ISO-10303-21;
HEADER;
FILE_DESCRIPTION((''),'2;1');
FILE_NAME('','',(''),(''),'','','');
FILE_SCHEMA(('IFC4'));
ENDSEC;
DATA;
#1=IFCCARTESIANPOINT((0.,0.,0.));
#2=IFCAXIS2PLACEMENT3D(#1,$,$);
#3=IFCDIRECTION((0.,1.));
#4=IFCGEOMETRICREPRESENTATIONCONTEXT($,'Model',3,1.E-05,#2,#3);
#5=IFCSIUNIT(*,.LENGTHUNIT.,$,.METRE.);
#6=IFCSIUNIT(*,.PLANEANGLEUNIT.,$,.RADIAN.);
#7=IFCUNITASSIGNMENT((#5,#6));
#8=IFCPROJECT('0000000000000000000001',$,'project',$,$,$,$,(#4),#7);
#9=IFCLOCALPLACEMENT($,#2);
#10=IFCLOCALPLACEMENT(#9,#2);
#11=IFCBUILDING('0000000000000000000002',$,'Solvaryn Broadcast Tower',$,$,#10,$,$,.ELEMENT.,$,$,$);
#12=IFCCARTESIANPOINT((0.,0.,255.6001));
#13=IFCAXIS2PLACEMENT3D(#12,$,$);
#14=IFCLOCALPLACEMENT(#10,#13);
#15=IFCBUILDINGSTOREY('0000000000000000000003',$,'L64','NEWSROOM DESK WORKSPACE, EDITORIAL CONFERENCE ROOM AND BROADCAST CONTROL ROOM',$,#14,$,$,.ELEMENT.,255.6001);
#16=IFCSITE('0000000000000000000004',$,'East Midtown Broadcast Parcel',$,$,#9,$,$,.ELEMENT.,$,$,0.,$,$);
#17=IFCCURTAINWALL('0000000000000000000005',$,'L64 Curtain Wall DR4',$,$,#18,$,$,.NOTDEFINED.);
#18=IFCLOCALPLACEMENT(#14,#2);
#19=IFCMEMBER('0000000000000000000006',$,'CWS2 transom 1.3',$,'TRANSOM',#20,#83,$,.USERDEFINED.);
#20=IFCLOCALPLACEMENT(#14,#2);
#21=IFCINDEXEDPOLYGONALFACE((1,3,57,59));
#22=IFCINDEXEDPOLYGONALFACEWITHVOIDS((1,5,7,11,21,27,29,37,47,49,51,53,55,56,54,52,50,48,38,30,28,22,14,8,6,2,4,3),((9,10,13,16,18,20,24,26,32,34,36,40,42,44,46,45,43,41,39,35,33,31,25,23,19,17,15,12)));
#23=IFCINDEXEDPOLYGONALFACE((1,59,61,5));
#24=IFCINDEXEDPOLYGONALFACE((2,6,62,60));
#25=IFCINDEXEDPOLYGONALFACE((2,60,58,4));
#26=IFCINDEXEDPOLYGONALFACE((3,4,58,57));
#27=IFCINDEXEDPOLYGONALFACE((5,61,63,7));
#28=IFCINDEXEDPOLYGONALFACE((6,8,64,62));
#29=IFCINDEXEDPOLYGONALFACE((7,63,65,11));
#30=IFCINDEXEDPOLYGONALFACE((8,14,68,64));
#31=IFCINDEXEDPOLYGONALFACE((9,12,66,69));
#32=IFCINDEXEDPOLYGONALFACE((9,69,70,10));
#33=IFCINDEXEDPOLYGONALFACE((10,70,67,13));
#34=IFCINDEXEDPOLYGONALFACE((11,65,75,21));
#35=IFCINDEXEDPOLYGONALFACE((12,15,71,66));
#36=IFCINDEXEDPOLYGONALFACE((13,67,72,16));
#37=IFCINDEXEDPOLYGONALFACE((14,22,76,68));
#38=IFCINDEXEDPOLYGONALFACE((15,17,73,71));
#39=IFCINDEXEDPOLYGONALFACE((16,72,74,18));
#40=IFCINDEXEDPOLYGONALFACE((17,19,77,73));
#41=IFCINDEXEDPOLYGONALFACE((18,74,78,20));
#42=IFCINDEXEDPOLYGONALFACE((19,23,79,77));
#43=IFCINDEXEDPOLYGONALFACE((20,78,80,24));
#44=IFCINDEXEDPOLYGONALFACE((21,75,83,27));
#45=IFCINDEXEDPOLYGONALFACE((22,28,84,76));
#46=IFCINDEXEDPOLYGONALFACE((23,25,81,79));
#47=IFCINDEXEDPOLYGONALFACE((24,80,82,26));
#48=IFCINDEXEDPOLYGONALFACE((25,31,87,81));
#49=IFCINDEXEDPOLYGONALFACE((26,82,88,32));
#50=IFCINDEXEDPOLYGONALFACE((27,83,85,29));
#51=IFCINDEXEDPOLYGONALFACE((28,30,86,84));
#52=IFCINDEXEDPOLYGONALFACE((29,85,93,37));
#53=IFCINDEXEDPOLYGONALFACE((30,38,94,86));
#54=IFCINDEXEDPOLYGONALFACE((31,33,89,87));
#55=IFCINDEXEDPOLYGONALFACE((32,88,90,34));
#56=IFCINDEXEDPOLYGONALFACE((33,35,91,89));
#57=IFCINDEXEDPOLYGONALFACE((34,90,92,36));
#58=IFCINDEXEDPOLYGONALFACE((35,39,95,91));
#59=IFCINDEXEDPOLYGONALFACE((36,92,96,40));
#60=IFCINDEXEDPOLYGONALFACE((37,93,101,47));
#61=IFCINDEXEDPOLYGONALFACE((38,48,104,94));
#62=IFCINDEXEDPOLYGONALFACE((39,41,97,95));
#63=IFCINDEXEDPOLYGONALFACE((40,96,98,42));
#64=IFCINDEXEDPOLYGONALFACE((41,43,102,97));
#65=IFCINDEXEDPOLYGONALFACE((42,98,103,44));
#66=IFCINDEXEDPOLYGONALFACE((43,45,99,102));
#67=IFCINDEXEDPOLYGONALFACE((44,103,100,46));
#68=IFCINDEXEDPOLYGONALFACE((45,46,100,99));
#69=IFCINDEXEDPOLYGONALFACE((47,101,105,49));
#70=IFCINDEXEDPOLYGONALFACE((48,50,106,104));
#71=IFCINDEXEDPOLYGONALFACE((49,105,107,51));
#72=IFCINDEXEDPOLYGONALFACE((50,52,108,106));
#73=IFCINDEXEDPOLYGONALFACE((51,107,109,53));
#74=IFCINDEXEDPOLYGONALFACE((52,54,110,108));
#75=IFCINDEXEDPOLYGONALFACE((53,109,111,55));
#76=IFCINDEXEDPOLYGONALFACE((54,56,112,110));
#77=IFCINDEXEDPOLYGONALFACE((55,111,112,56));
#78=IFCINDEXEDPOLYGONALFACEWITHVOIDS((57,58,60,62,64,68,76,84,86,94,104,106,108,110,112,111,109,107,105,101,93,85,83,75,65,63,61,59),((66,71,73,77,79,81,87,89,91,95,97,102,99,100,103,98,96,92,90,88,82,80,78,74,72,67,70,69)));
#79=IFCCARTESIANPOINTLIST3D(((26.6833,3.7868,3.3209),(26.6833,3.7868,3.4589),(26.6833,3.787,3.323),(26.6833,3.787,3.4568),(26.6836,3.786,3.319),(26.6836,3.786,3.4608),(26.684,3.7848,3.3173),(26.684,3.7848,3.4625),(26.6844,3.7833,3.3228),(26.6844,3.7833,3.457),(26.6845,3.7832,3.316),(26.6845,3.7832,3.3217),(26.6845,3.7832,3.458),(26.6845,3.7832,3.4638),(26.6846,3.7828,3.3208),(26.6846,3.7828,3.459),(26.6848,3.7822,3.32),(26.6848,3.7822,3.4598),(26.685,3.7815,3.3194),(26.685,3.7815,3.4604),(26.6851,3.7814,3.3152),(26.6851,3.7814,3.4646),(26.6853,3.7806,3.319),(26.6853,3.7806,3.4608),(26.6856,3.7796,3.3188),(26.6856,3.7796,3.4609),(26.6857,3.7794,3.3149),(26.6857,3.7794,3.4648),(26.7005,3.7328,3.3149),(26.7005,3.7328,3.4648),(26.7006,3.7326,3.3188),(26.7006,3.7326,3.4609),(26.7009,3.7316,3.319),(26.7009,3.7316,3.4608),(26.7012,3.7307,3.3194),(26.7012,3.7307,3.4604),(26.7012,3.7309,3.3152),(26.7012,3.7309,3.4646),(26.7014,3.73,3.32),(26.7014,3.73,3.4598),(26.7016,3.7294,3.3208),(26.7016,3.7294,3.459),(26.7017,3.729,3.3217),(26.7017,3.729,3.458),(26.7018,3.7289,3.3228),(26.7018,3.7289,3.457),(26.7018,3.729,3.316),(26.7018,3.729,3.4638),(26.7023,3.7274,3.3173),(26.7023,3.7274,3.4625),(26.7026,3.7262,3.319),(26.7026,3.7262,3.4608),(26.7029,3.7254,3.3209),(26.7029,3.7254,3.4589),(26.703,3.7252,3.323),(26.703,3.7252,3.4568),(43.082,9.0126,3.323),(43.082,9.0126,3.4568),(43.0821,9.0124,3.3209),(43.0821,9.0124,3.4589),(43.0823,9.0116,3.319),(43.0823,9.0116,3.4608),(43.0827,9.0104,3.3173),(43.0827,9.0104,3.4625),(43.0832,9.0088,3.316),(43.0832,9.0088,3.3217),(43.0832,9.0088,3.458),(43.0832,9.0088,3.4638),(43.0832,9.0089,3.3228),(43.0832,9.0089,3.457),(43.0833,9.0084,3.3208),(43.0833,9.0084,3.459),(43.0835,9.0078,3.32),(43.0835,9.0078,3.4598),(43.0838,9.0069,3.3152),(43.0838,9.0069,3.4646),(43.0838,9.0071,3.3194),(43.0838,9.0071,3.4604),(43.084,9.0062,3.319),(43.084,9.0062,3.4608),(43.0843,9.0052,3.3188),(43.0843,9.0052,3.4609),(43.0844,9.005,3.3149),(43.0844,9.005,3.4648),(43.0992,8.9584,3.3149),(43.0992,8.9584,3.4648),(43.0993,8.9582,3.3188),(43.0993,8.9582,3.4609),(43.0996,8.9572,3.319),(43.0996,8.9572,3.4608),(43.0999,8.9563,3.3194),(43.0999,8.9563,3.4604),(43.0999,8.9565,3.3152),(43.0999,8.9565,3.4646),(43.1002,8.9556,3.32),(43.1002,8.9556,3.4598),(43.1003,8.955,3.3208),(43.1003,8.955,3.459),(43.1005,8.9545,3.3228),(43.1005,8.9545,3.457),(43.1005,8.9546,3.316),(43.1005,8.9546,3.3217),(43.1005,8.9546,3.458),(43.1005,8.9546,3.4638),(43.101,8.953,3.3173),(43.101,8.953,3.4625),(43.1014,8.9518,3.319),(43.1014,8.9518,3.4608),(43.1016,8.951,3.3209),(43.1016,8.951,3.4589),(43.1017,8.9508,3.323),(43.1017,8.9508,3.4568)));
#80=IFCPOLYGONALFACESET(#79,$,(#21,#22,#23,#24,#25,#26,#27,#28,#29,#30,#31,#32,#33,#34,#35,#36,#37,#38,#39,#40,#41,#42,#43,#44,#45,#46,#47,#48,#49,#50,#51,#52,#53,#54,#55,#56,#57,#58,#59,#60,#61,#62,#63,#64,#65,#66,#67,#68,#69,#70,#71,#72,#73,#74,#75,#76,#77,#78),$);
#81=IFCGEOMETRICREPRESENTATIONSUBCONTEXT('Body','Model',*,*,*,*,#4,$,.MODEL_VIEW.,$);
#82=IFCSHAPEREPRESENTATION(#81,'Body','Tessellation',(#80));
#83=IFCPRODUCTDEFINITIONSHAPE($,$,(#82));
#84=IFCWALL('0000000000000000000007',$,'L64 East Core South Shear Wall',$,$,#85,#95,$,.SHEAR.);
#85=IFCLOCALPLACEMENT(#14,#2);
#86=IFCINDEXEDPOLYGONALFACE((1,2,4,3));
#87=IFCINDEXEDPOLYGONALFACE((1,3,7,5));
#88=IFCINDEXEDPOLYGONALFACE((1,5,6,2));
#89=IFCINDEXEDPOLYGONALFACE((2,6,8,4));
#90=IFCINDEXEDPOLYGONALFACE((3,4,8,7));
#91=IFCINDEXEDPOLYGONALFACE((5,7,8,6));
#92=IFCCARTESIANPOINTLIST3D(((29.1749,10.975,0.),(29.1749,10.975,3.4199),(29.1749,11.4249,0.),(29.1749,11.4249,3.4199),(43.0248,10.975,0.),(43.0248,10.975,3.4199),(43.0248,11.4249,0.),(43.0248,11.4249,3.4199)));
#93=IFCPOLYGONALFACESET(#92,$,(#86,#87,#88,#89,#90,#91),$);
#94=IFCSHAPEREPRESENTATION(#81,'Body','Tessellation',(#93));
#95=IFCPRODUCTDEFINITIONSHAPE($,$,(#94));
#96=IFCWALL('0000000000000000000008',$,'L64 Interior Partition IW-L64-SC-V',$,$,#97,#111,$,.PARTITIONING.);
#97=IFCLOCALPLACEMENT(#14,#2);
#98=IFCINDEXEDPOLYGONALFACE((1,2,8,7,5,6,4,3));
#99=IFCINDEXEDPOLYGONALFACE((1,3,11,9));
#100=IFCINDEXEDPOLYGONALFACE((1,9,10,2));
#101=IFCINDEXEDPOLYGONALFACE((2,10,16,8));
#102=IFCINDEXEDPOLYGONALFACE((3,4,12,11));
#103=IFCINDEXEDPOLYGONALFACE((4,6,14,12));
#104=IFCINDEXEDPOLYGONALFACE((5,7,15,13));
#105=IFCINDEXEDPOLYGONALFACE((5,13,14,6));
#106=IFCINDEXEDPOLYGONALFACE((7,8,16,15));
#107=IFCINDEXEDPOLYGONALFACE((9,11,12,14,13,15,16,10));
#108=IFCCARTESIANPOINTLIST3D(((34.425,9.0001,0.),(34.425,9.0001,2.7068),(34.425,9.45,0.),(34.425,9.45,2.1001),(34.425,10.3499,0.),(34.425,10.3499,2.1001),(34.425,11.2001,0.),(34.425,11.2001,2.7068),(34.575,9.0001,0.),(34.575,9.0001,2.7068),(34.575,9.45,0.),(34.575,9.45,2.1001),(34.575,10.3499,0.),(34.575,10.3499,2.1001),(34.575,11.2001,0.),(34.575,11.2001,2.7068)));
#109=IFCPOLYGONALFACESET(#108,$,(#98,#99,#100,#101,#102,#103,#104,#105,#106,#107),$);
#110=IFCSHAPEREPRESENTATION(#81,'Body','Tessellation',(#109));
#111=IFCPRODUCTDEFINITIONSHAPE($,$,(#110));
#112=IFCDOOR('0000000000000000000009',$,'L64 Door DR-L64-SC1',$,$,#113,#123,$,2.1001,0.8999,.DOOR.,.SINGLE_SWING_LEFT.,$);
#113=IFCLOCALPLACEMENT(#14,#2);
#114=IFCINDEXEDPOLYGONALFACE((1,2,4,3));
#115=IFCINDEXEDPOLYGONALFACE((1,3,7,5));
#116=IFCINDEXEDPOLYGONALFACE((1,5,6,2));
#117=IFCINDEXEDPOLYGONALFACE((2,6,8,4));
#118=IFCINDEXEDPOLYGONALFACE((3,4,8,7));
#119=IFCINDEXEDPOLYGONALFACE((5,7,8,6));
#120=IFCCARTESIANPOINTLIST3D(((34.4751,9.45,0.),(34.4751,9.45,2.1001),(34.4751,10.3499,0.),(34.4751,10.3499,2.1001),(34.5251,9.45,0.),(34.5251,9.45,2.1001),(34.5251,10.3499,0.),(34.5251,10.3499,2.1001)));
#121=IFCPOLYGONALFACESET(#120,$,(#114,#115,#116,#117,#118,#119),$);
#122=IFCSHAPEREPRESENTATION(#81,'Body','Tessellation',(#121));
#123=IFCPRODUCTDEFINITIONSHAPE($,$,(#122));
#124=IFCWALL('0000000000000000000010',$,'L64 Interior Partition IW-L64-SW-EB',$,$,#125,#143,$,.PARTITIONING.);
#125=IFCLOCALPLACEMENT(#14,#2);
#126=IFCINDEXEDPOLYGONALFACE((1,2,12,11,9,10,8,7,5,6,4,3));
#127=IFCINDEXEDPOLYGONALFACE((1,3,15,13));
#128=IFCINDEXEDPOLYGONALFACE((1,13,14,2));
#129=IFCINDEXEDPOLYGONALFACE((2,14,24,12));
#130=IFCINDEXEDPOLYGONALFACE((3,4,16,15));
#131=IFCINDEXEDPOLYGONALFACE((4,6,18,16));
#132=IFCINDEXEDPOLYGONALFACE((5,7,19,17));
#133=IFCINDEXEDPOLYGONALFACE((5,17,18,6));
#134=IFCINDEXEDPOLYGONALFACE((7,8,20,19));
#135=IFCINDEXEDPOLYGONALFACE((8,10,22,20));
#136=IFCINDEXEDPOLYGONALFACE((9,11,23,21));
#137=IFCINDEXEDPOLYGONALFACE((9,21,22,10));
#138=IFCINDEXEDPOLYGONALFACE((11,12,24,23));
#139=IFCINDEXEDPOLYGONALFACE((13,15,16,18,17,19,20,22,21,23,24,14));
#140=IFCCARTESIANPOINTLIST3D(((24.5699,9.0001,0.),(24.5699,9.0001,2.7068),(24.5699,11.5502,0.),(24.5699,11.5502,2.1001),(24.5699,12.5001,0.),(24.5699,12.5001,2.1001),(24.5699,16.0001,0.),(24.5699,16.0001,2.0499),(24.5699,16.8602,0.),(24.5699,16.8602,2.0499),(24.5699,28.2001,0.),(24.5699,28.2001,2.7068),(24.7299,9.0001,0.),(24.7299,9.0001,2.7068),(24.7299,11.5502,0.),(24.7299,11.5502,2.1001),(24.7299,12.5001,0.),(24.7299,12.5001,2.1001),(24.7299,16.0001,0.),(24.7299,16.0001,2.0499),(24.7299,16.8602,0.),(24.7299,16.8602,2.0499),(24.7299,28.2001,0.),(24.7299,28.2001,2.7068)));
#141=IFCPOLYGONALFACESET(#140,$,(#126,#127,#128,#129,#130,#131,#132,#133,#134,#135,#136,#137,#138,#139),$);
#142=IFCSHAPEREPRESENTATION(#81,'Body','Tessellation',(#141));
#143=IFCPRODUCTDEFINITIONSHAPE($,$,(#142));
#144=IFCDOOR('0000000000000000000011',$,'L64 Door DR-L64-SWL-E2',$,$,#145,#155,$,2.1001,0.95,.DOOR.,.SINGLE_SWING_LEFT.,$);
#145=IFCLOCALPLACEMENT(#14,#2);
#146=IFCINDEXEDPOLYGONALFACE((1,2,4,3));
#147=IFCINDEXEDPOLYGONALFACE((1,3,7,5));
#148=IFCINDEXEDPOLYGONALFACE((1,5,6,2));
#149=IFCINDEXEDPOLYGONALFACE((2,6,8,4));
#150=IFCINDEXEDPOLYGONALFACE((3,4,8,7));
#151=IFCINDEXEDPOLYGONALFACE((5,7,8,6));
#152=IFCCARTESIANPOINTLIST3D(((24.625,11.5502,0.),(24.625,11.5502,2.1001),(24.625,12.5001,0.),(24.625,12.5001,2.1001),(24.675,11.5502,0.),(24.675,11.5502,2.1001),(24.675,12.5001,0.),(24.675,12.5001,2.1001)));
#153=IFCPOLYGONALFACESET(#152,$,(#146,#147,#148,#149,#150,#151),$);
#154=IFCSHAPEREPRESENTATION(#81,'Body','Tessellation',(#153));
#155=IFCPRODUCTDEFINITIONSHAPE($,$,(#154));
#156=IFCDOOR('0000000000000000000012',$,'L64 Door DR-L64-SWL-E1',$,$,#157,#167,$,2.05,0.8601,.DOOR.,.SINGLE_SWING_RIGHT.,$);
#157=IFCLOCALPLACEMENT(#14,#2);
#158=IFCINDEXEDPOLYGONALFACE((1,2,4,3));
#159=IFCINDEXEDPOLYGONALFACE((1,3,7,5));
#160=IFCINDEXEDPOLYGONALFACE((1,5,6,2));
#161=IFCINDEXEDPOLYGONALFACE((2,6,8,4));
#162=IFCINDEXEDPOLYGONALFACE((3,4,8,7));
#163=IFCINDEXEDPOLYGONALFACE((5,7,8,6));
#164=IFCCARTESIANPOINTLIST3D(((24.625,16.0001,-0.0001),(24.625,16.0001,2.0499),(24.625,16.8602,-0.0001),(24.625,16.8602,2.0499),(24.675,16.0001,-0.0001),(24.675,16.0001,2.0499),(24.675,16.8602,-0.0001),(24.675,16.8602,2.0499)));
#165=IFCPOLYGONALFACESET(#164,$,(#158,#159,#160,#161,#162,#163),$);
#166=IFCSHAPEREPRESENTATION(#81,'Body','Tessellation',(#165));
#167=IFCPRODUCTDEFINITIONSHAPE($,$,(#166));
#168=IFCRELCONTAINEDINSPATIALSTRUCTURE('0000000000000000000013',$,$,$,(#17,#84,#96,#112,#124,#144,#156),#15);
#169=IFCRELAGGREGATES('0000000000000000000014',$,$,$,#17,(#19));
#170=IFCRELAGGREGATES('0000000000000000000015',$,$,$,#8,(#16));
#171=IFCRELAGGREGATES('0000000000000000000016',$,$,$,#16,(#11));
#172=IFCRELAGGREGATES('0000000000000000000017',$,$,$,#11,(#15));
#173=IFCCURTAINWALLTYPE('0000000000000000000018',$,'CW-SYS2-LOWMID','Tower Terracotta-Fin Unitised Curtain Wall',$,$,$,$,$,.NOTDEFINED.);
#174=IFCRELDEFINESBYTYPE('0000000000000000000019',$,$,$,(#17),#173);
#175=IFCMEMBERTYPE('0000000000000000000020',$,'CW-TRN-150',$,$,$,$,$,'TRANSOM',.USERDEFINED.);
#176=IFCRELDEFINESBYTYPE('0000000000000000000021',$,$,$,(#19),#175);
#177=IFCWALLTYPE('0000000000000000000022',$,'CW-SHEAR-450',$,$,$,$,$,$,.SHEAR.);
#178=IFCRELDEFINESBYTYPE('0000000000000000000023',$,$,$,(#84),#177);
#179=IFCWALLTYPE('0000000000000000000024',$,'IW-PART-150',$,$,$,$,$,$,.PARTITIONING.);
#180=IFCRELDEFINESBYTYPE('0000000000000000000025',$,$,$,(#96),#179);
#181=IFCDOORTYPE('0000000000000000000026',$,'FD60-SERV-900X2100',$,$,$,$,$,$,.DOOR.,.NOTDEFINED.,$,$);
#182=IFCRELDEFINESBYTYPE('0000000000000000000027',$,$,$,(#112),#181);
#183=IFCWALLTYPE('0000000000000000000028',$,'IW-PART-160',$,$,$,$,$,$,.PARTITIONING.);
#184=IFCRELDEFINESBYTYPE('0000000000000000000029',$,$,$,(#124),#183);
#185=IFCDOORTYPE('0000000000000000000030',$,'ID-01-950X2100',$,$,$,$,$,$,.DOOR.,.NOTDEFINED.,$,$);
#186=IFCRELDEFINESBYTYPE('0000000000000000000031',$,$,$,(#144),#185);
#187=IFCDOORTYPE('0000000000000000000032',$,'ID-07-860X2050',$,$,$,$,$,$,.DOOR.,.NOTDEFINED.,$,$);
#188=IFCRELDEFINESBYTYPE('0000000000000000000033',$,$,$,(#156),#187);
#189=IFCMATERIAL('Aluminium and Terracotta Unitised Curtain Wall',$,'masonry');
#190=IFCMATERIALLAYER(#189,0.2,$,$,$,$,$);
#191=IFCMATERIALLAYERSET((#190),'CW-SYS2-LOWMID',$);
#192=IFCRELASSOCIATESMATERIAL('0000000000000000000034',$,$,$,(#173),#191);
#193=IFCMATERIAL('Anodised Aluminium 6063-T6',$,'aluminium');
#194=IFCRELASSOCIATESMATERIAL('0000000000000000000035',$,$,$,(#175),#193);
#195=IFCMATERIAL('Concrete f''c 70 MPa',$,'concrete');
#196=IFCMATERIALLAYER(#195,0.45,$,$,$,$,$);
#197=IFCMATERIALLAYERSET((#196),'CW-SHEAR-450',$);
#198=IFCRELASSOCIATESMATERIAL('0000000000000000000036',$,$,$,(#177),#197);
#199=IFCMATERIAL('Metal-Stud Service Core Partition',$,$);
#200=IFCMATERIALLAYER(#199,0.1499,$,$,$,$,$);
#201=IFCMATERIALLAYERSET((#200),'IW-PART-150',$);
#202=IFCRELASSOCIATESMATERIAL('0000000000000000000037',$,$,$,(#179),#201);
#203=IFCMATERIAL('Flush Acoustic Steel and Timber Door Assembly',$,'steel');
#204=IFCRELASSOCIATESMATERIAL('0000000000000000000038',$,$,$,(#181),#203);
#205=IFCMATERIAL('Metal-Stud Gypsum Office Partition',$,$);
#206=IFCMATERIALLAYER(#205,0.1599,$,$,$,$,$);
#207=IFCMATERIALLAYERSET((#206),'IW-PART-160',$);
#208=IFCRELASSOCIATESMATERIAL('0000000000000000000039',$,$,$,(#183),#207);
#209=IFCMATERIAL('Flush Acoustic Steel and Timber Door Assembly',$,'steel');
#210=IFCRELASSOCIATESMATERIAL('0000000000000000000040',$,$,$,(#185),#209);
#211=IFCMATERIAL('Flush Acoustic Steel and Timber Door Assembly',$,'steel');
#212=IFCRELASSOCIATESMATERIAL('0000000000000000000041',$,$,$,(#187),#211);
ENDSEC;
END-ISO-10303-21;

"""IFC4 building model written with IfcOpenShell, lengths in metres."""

from ifc_helpers import new_model, si_unit, direction, frame, frame_2d, origin, origin_2d, place, context, subcontext, project, spatial, rectangle, hollow_rectangle, extrude, material, layer, layer_set, material_profile, profile_set, type_object, element, fill, aggregate, save


model = new_model("IFC4")

# Units and contexts
model_context = context("Model", 3, precision=1e-05, world=origin(), true_north=direction((0.0, 1.0)))
body_context = subcontext(model_context, "Body", "Model", "MODEL_VIEW")
ifc_project = project(units=[si_unit("LENGTHUNIT", "METRE"), si_unit("PLANEANGLEUNIT", "RADIAN")], contexts=[model_context])

# Site, building, storey
site_placement = place(None, origin())
site = spatial("IfcSite", under=ifc_project, at=site_placement, Name="East Midtown Broadcast Parcel", CompositionType="ELEMENT", RefElevation=0.0)
building_placement = place(site_placement, origin())
building = spatial("IfcBuilding", under=site, at=building_placement, Name="Solvaryn Broadcast Tower", CompositionType="ELEMENT")
storey_placement = place(building_placement, frame((0.0, 0.0, 255.6001)))
storey = spatial("IfcBuildingStorey", under=building, at=storey_placement, Name="L64", Description="NEWSROOM DESK WORKSPACE, EDITORIAL CONFERENCE ROOM AND BROADCAST CONTROL ROOM", CompositionType="ELEMENT", Elevation=255.6001)

# Shared definitions
ifc_material_1 = material(Name="Aluminium and Terracotta Unitised Curtain Wall", Category="masonry")
ifc_layer_1 = layer(ifc_material_1, 0.2)
ifc_layer_set_1 = layer_set([ifc_layer_1], Name="CW-SYS2-LOWMID")
curtain_wall_type = type_object("IfcCurtainWallType", Name="CW-SYS2-LOWMID", Description="Tower Terracotta-Fin Unitised Curtain Wall", PredefinedType="NOTDEFINED", material=ifc_layer_set_1)

# Curtain wall, member
curtain_wall_1_placement = place(storey_placement, origin())
curtain_wall_1 = element("IfcCurtainWall", 1, at=curtain_wall_1_placement, inside=storey, type_object=curtain_wall_type, Name="L64 Curtain Wall DR4", PredefinedType="NOTDEFINED")
ifc_material_2 = material(Name="Anodised Aluminium 6063-T6", Category="aluminium")
ifc_material_profile_1 = material_profile(ifc_material_2, hollow_rectangle(XDim=0.0649, YDim=0.1499, WallThickness=0.0039, InnerFilletRadius=0.0039, OuterFilletRadius=0.0081, at=origin_2d()))
ifc_profile_set_1 = profile_set([ifc_material_profile_1], Name="Anodised Aluminium 6063-T6")
member_type_1 = type_object("IfcMemberType", Name="CW-TRN-150", ElementType="TRANSOM", PredefinedType="USERDEFINED", material=ifc_profile_set_1)
member_1_placement = place(storey_placement, frame((26.6931, 3.7561, 3.3899), z_axis=(0.952794, 0.303616, 0.0), x_axis=(-0.303616, 0.952794, 0.0)))
member_1 = element("IfcMember", 2, at=member_1_placement, type_object=member_type_1, Name="CWS2 transom 1.3", ObjectType="TRANSOM", PredefinedType="USERDEFINED", context=body_context, shape_type="SweptSolid", body=[
    extrude(hollow_rectangle(XDim=0.0649, YDim=0.1499, WallThickness=0.0039, InnerFilletRadius=0.0039, OuterFilletRadius=0.0081, at=origin_2d()), origin(), (0.0, 0.0, 1.0), 17.2112),
])
aggregate(curtain_wall_1, [member_1])

# Wall
ifc_material_3 = material(Name="Concrete f'c 70 MPa", Category="concrete")
ifc_layer_2 = layer(ifc_material_3, 0.45)
ifc_layer_set_2 = layer_set([ifc_layer_2], Name="CW-SHEAR-450")
wall_type_1 = type_object("IfcWallType", Name="CW-SHEAR-450", PredefinedType="SHEAR", material=ifc_layer_set_2)
wall_1_placement = place(storey_placement, frame((29.175, 11.2, 0.0), z_axis=(0.0, 0.0, 1.0), x_axis=(1.0, 0.0, 0.0)))
element("IfcWall", 3, at=wall_1_placement, inside=storey, type_object=wall_type_1, Name="L64 East Core South Shear Wall", PredefinedType="SHEAR", context=body_context, shape_type="SweptSolid", body=[
    extrude(rectangle(XDim=13.8499, YDim=0.45, at=frame_2d((6.9248, 0.0))), origin(), (0.0, 0.0, 1.0), 3.4199),
])

# Wall, opening, door
ifc_material_4 = material(Name="Metal-Stud Service Core Partition")
ifc_layer_3 = layer(ifc_material_4, 0.1499)
ifc_layer_set_3 = layer_set([ifc_layer_3], Name="IW-PART-150")
wall_type_2 = type_object("IfcWallType", Name="IW-PART-150", PredefinedType="PARTITIONING", material=ifc_layer_set_3)
wall_2_placement = place(storey_placement, frame((34.5, 9.0, 0.0), z_axis=(0.0, 0.0, 1.0), x_axis=(0.0, 1.0, 0.0)))
wall_2 = element("IfcWall", 4, at=wall_2_placement, inside=storey, type_object=wall_type_2, Name="L64 Interior Partition IW-L64-SC-V", PredefinedType="PARTITIONING", context=body_context, shape_type="SweptSolid", body=[
    extrude(rectangle(XDim=2.2, YDim=0.1499, at=frame_2d((1.1001, 0.0))), origin(), (0.0, 0.0, 1.0), 2.7068),
])
opening_1_placement = place(wall_2_placement, frame((0.45, 0.0, 0.0)))
opening_1 = element("IfcOpeningElement", 5, at=opening_1_placement, cuts=wall_2, PredefinedType="OPENING", context=body_context, shape_type="SweptSolid", body=[
    extrude(rectangle(XDim=0.8999, YDim=2.1001, at=frame_2d((0.45, 1.05))), frame((0.0, 0.085, 0.0), z_axis=(0.0, -1.0, 0.0), x_axis=(1.0, 0.0, 0.0)), (0.0, 0.0, 1.0), 0.1699),
])
ifc_material_5 = material(Name="Flush Acoustic Steel and Timber Door Assembly", Category="steel")
door_type_1 = type_object("IfcDoorType", Name="FD60-SERV-900X2100", OperationType="NOTDEFINED", PredefinedType="DOOR", material=ifc_material_5)
door_1_placement = place(opening_1_placement, origin())
door_1 = element("IfcDoor", 6, at=door_1_placement, inside=storey, type_object=door_type_1, Name="L64 Door DR-L64-SC1", OperationType="SINGLE_SWING_LEFT", OverallHeight=2.1001, OverallWidth=0.8999, PredefinedType="DOOR", context=body_context, shape_type="SweptSolid", body=[
    extrude(rectangle(XDim=0.8999, YDim=2.1001, at=frame_2d((0.45, 1.05))), frame((0.0, 0.0249, 0.0), z_axis=(0.0, -1.0, 0.0), x_axis=(1.0, 0.0, 0.0)), (0.0, 0.0, 1.0), 0.05),
])
fill(opening_1, door_1)

# Wall, openings, doors
ifc_material_6 = material(Name="Metal-Stud Gypsum Office Partition")
ifc_layer_4 = layer(ifc_material_6, 0.1599)
ifc_layer_set_4 = layer_set([ifc_layer_4], Name="IW-PART-160")
wall_type_3 = type_object("IfcWallType", Name="IW-PART-160", PredefinedType="PARTITIONING", material=ifc_layer_set_4)
wall_3_placement = place(storey_placement, frame((24.6499, 9.0, 0.0), z_axis=(0.0, 0.0, 1.0), x_axis=(0.0, 1.0, 0.0)))
wall_3 = element("IfcWall", 7, at=wall_3_placement, inside=storey, type_object=wall_type_3, Name="L64 Interior Partition IW-L64-SW-EB", PredefinedType="PARTITIONING", context=body_context, shape_type="SweptSolid", body=[
    extrude(rectangle(XDim=19.2, YDim=0.1599, at=frame_2d((9.6001, 0.0))), origin(), (0.0, 0.0, 1.0), 2.7068),
])
opening_2_placement = place(wall_3_placement, frame((7.0, 0.0, 0.0)))
opening_2 = element("IfcOpeningElement", 8, at=opening_2_placement, cuts=wall_3, PredefinedType="OPENING", context=body_context, shape_type="SweptSolid", body=[
    extrude(rectangle(XDim=0.8601, YDim=2.05, at=frame_2d((0.4302, 1.0249))), frame((0.0, 0.0901, 0.0), z_axis=(0.0, -1.0, 0.0), x_axis=(1.0, 0.0, 0.0)), (0.0, 0.0, 1.0), 0.1799),
])
opening_3_placement = place(wall_3_placement, frame((2.55, 0.0, 0.0)))
opening_3 = element("IfcOpeningElement", 9, at=opening_3_placement, cuts=wall_3, PredefinedType="OPENING", context=body_context, shape_type="SweptSolid", body=[
    extrude(rectangle(XDim=0.95, YDim=2.1001, at=frame_2d((0.4751, 1.05))), frame((0.0, 0.0901, 0.0), z_axis=(0.0, -1.0, 0.0), x_axis=(1.0, 0.0, 0.0)), (0.0, 0.0, 1.0), 0.1799),
])
ifc_material_7 = material(Name="Flush Acoustic Steel and Timber Door Assembly", Category="steel")
door_type_2 = type_object("IfcDoorType", Name="ID-01-950X2100", OperationType="NOTDEFINED", PredefinedType="DOOR", material=ifc_material_7)
door_2_placement = place(opening_3_placement, origin())
door_2 = element("IfcDoor", 10, at=door_2_placement, inside=storey, type_object=door_type_2, Name="L64 Door DR-L64-SWL-E2", OperationType="SINGLE_SWING_LEFT", OverallHeight=2.1001, OverallWidth=0.95, PredefinedType="DOOR", context=body_context, shape_type="SweptSolid", body=[
    extrude(rectangle(XDim=0.95, YDim=2.1001, at=frame_2d((0.4751, 1.05))), frame((0.0, 0.0249, 0.0), z_axis=(0.0, -1.0, 0.0), x_axis=(1.0, 0.0, 0.0)), (0.0, 0.0, 1.0), 0.05),
])
fill(opening_3, door_2)
ifc_material_8 = material(Name="Flush Acoustic Steel and Timber Door Assembly", Category="steel")
door_type_3 = type_object("IfcDoorType", Name="ID-07-860X2050", OperationType="NOTDEFINED", PredefinedType="DOOR", material=ifc_material_8)
door_3_placement = place(opening_2_placement, origin())
door_3 = element("IfcDoor", 11, at=door_3_placement, inside=storey, type_object=door_type_3, Name="L64 Door DR-L64-SWL-E1", OperationType="SINGLE_SWING_RIGHT", OverallHeight=2.05, OverallWidth=0.8601, PredefinedType="DOOR", context=body_context, shape_type="SweptSolid", body=[
    extrude(rectangle(XDim=0.8601, YDim=2.05, at=frame_2d((0.4302, 1.0249))), frame((0.0, 0.0249, 0.0), z_axis=(0.0, -1.0, 0.0), x_axis=(1.0, 0.0, 0.0)), (0.0, 0.0, 1.0), 0.05),
])
fill(opening_2, door_3)

save(model, "model.ifc")
